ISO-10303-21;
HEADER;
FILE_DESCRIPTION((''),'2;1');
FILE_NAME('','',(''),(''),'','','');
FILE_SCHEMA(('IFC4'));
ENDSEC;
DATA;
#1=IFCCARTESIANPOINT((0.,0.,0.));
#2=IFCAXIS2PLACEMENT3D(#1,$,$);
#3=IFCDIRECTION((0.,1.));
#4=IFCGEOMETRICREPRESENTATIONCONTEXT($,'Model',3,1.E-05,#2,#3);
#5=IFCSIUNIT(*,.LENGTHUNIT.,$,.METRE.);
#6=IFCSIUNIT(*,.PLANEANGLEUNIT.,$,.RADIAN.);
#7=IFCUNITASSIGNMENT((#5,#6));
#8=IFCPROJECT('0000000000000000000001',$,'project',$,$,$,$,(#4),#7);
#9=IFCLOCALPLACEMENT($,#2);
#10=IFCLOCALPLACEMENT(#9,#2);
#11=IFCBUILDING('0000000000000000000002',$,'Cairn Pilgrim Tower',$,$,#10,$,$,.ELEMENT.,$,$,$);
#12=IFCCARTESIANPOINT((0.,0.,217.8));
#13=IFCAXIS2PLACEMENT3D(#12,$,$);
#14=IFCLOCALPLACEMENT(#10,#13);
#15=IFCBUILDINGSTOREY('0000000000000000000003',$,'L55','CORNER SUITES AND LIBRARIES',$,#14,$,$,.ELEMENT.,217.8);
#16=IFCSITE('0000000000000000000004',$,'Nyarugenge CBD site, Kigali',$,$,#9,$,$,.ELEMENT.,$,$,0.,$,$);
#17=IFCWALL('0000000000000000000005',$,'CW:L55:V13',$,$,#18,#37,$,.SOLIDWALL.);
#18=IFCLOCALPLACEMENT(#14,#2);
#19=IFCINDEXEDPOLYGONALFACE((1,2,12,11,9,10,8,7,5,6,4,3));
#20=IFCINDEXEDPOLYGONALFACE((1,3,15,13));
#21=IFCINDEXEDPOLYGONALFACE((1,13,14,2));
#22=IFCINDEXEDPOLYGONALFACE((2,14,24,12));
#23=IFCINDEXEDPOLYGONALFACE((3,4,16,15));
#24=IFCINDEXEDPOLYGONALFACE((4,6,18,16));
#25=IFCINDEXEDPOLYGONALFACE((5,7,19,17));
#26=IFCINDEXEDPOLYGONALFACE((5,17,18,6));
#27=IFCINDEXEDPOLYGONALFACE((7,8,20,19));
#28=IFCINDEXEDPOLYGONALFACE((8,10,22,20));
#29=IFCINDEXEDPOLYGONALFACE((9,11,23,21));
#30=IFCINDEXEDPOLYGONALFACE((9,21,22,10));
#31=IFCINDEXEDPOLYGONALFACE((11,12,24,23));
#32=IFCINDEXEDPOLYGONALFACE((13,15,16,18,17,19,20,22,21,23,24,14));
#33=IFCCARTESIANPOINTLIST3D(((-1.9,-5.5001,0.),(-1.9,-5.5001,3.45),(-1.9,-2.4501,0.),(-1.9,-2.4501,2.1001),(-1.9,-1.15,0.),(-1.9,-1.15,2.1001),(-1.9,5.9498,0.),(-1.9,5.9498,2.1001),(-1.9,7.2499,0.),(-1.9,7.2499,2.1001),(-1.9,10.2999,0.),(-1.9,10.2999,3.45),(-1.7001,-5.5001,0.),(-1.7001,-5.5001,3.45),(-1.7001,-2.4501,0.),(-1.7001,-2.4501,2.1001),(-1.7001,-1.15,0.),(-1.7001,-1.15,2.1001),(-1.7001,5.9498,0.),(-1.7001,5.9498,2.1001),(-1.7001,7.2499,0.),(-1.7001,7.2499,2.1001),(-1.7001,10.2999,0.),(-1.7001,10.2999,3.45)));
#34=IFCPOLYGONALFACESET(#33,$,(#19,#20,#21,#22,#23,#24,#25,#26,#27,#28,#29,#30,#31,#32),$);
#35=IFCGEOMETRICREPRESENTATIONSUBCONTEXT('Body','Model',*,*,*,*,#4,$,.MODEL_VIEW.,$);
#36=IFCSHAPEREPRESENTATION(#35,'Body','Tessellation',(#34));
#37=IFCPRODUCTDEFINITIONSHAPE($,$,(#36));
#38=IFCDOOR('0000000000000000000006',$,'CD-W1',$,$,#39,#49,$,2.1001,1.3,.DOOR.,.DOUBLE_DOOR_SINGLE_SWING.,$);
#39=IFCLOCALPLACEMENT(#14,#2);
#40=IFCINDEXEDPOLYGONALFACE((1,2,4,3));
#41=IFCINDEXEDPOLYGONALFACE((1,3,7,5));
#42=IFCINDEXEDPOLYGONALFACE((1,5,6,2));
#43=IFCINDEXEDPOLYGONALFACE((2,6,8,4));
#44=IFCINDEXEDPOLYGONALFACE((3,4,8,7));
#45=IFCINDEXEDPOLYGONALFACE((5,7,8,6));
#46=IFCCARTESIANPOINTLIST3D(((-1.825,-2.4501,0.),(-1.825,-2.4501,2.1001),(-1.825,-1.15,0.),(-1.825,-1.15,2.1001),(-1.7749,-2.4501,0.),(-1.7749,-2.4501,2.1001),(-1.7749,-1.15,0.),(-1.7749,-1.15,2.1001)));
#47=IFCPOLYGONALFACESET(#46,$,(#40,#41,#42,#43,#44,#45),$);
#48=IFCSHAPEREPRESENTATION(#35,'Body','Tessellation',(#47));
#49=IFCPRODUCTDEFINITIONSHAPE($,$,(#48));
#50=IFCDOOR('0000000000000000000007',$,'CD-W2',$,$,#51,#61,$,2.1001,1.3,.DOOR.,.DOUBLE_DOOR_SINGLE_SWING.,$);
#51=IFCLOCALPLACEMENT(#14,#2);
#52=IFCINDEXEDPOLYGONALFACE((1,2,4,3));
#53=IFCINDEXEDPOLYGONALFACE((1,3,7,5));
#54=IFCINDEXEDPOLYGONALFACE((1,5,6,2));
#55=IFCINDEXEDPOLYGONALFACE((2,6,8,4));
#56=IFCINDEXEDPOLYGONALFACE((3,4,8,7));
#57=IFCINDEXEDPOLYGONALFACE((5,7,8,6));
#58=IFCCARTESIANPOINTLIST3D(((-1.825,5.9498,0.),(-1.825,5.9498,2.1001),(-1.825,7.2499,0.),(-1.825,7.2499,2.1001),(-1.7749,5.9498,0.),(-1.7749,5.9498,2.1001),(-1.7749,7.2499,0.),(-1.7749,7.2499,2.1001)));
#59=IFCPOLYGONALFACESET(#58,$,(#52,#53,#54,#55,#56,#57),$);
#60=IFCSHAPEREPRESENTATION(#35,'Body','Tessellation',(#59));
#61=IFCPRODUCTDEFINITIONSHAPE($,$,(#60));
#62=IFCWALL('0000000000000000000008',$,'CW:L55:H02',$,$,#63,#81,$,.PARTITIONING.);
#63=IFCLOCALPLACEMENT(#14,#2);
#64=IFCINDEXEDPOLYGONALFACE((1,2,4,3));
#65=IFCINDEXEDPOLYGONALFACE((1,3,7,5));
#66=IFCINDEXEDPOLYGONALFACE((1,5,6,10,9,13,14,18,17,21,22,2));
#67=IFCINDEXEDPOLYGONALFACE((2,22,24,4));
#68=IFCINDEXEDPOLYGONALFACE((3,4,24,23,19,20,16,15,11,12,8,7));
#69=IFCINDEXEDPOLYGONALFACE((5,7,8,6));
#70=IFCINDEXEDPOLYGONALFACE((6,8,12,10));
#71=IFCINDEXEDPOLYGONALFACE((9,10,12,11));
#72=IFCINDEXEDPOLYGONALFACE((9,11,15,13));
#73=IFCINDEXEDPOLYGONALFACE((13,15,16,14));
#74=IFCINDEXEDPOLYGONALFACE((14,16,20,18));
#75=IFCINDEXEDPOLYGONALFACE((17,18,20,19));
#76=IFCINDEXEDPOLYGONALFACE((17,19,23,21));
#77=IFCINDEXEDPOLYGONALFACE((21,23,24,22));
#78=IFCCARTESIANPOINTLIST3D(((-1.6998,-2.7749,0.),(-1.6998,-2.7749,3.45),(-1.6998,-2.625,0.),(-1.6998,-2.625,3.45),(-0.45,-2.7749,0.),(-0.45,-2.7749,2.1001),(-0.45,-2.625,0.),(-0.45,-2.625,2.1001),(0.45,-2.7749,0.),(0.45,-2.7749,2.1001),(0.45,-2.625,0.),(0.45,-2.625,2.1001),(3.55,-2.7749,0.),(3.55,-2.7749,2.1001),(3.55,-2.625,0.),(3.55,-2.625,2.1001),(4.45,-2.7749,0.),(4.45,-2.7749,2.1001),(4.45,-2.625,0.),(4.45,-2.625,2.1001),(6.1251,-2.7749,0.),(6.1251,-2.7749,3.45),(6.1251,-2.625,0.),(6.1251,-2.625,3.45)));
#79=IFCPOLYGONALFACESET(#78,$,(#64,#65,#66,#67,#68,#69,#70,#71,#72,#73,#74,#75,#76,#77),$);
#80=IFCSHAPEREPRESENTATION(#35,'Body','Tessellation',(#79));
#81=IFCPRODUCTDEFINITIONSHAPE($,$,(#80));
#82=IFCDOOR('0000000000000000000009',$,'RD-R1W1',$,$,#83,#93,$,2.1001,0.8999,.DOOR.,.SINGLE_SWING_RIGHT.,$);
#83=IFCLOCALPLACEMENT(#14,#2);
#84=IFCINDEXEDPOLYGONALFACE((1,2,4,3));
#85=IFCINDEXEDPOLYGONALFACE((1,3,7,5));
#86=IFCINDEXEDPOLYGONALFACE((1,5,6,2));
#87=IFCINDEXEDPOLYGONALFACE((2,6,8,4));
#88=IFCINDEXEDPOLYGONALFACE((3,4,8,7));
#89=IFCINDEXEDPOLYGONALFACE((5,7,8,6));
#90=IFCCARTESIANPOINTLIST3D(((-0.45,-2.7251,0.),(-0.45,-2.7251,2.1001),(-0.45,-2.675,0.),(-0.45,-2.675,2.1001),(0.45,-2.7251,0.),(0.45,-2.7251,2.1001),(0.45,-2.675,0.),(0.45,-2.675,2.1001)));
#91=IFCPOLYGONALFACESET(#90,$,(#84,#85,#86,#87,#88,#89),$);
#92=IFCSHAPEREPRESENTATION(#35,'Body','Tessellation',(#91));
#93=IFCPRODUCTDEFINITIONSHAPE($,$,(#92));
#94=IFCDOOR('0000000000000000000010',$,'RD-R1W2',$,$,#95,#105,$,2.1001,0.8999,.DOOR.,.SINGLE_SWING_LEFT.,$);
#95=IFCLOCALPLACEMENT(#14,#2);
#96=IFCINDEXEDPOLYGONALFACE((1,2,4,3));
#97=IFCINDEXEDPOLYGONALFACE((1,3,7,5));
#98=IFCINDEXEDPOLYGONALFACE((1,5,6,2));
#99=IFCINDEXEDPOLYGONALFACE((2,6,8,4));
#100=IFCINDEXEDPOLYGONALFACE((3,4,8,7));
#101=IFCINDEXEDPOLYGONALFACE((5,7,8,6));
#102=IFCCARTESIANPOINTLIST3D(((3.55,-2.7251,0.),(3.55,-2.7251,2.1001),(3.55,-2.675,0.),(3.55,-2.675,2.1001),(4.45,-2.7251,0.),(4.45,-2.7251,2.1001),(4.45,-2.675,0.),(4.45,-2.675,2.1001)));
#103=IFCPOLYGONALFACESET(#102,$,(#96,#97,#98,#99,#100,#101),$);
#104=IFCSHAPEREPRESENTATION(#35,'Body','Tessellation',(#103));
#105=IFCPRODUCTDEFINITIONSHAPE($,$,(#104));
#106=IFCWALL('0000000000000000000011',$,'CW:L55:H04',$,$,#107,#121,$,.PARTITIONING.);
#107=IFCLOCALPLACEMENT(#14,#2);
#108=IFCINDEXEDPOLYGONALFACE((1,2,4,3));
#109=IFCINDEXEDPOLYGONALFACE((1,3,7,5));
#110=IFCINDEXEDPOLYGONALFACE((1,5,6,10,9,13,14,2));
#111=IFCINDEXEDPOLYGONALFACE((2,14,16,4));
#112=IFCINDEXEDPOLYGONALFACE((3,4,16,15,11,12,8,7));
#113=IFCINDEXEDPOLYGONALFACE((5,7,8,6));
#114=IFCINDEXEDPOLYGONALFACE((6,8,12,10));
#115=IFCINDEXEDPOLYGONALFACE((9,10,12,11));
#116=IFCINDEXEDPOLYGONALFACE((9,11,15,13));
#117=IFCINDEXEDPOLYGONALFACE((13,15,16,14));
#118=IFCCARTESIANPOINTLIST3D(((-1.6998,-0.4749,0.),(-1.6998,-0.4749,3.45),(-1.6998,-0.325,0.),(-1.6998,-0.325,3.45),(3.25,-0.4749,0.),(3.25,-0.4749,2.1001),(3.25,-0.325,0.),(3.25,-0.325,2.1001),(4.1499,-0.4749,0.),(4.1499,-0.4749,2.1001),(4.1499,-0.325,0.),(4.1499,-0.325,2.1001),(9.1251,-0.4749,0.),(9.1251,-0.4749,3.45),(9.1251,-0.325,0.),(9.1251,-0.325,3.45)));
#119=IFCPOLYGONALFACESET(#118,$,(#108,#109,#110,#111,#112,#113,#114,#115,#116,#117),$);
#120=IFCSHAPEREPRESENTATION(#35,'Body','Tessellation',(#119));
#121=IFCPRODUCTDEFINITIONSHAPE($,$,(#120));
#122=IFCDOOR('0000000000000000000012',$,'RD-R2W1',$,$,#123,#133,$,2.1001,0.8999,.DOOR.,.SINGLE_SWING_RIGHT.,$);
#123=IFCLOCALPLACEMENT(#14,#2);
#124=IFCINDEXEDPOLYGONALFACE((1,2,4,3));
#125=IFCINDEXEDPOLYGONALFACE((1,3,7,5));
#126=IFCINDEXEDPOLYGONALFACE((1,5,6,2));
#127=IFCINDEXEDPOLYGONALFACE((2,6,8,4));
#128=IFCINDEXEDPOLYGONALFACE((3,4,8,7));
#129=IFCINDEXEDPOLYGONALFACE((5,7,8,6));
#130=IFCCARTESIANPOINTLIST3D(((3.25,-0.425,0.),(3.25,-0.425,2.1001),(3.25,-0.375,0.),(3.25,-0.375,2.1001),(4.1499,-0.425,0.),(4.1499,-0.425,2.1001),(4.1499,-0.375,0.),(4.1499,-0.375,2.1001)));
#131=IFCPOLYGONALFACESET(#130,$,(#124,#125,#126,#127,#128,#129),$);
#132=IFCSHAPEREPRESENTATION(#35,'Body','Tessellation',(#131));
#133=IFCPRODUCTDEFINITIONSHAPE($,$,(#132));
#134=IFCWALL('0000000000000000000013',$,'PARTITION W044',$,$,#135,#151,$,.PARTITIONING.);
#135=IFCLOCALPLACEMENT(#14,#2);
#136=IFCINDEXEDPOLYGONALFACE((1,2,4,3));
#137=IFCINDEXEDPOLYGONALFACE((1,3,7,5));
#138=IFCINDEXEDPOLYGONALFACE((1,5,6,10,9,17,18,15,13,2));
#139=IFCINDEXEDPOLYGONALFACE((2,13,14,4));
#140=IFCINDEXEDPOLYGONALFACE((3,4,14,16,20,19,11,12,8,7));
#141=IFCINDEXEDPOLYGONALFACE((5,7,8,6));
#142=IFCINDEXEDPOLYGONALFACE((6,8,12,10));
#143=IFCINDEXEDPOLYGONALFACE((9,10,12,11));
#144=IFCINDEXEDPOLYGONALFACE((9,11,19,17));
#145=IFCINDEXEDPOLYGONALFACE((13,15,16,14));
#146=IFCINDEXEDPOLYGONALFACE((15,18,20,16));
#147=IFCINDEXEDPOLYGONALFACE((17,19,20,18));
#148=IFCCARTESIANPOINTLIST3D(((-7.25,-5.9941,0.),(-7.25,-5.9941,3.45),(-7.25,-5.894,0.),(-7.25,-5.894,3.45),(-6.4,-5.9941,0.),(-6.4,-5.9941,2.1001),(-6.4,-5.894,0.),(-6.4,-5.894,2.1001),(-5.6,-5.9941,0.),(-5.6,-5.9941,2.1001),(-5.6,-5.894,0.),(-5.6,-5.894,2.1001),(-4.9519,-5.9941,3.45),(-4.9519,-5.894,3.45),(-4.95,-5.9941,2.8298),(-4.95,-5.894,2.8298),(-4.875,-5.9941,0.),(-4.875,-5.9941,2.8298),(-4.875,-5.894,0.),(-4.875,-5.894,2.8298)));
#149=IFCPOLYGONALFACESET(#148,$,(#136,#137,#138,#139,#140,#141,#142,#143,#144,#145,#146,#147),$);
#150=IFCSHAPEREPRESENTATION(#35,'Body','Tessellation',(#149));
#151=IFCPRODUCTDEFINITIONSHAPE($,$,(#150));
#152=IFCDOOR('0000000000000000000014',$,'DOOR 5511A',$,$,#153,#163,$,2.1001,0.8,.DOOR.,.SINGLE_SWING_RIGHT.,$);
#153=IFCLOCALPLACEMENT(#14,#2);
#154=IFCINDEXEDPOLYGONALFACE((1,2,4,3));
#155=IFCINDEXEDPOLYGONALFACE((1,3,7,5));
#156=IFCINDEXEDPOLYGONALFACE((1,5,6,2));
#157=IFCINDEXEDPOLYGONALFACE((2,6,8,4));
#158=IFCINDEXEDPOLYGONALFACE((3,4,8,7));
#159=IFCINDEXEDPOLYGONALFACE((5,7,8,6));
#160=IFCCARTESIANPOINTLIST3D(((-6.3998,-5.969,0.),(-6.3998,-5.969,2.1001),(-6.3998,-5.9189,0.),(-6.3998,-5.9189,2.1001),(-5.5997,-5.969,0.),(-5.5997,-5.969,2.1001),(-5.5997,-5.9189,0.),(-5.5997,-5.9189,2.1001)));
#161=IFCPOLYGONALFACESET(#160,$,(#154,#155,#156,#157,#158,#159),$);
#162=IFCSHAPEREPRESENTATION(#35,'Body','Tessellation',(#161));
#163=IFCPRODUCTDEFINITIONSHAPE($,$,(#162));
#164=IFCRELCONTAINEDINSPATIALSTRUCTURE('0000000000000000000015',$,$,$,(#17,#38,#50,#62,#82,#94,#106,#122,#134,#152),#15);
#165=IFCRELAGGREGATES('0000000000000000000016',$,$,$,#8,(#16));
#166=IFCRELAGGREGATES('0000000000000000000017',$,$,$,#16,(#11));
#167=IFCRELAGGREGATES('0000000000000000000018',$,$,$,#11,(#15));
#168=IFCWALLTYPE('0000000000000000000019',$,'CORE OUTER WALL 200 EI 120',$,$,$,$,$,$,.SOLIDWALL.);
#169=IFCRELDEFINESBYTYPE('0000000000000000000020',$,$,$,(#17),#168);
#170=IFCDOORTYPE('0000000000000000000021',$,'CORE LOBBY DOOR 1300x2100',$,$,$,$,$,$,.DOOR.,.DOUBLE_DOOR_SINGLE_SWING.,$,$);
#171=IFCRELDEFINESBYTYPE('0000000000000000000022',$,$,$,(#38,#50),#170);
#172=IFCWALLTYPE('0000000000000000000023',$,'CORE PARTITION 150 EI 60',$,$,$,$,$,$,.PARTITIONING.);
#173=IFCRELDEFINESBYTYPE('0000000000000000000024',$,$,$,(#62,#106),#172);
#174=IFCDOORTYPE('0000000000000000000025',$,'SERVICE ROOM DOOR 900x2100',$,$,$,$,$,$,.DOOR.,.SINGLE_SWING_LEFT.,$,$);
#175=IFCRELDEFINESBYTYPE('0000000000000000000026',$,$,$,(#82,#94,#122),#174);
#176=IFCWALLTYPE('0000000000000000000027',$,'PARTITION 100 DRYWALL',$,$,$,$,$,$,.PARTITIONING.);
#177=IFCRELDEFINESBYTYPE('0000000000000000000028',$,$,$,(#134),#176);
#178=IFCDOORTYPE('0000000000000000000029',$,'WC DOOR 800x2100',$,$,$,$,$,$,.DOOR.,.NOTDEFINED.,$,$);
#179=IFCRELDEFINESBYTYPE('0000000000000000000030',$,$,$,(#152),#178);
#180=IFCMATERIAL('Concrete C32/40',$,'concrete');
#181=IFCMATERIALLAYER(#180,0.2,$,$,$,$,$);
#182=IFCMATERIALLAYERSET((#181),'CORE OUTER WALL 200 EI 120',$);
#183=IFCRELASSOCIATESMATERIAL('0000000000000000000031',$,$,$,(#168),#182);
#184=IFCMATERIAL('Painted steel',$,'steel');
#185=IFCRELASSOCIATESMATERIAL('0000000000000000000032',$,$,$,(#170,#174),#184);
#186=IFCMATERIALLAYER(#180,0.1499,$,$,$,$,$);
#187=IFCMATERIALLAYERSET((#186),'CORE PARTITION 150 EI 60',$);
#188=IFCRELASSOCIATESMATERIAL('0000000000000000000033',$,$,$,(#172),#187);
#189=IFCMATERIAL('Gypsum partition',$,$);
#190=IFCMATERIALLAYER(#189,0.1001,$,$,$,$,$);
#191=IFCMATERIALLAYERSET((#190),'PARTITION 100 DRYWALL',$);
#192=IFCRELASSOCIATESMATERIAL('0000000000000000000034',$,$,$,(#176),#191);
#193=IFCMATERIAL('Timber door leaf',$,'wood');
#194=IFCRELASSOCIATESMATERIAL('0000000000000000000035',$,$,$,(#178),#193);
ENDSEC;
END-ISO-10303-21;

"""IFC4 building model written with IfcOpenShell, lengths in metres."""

from ifc_helpers import new_model, si_unit, direction, frame, frame_2d, origin, place, context, subcontext, project, spatial, polyline, rectangle, outline, extrude, material, layer, layer_set, type_object, element, fill, save


model = new_model("IFC4")

# Units and contexts
model_context = context("Model", 3, precision=1e-05, world=origin(), true_north=direction((0.0, 1.0)))
body_context = subcontext(model_context, "Body", "Model", "MODEL_VIEW")
ifc_project = project(units=[si_unit("LENGTHUNIT", "METRE"), si_unit("PLANEANGLEUNIT", "RADIAN")], contexts=[model_context])

# Site, building, storey
site_placement = place(None, origin())
site = spatial("IfcSite", under=ifc_project, at=site_placement, Name="Nyarugenge CBD site, Kigali", CompositionType="ELEMENT", RefElevation=0.0)
building_placement = place(site_placement, origin())
building = spatial("IfcBuilding", under=site, at=building_placement, Name="Cairn Pilgrim Tower", CompositionType="ELEMENT")
storey_placement = place(building_placement, frame((0.0, 0.0, 217.8)))
storey = spatial("IfcBuildingStorey", under=building, at=storey_placement, Name="L55", Description="CORNER SUITES AND LIBRARIES", CompositionType="ELEMENT", Elevation=217.8)

# Shared definitions
ifc_material_1 = material(Name="Concrete C32/40", Category="concrete")
ifc_layer_1 = layer(ifc_material_1, 0.2)
ifc_layer_set_1 = layer_set([ifc_layer_1], Name="CORE OUTER WALL 200 EI 120")
wall_type_1 = type_object("IfcWallType", Name="CORE OUTER WALL 200 EI 120", PredefinedType="SOLIDWALL", material=ifc_layer_set_1)

# Walls, openings, doors
wall_1_placement = place(storey_placement, frame((-1.8, -5.5, 0.0), z_axis=(0.0, 0.0, 1.0), x_axis=(0.0, 1.0, 0.0)))
wall_1 = element("IfcWall", 1, at=wall_1_placement, inside=storey, type_object=wall_type_1, Name="CW:L55:V13", PredefinedType="SOLIDWALL", context=body_context, shape_type="SweptSolid", body=[
    extrude(rectangle(XDim=15.8, YDim=0.2, at=frame_2d((7.8999, 0.0))), origin(), (0.0, 0.0, 1.0), 3.45),
])
opening_1_placement = place(wall_1_placement, frame((3.05, 0.0, 0.0)))
opening_1 = element("IfcOpeningElement", 2, at=opening_1_placement, cuts=wall_1, PredefinedType="OPENING", context=body_context, shape_type="SweptSolid", body=[
    extrude(rectangle(XDim=1.3, YDim=2.1001, at=frame_2d((0.6499, 1.05))), frame((0.0, 0.1099, 0.0), z_axis=(0.0, -1.0, 0.0), x_axis=(1.0, 0.0, 0.0)), (0.0, 0.0, 1.0), 0.22),
])
opening_2_placement = place(wall_1_placement, frame((11.45, 0.0, 0.0)))
opening_2 = element("IfcOpeningElement", 3, at=opening_2_placement, cuts=wall_1, PredefinedType="OPENING", context=body_context, shape_type="SweptSolid", body=[
    extrude(rectangle(XDim=1.3, YDim=2.1001, at=frame_2d((0.6499, 1.05))), frame((0.0, 0.1099, 0.0), z_axis=(0.0, -1.0, 0.0), x_axis=(1.0, 0.0, 0.0)), (0.0, 0.0, 1.0), 0.22),
])
ifc_material_2 = material(Name="Painted steel", Category="steel")
door_type_1 = type_object("IfcDoorType", Name="CORE LOBBY DOOR 1300x2100", OperationType="DOUBLE_DOOR_SINGLE_SWING", PredefinedType="DOOR", material=ifc_material_2)
door_1_placement = place(opening_1_placement, origin())
door_1 = element("IfcDoor", 4, at=door_1_placement, inside=storey, type_object=door_type_1, Name="CD-W1", OperationType="DOUBLE_DOOR_SINGLE_SWING", OverallHeight=2.1001, OverallWidth=1.3, PredefinedType="DOOR", context=body_context, shape_type="SweptSolid", body=[
    extrude(rectangle(XDim=1.3, YDim=2.1001, at=frame_2d((0.6499, 1.05))), frame((0.0, 0.0249, 0.0), z_axis=(0.0, -1.0, 0.0), x_axis=(1.0, 0.0, 0.0)), (0.0, 0.0, 1.0), 0.05),
])
fill(opening_1, door_1)
door_2_placement = place(opening_2_placement, origin())
door_2 = element("IfcDoor", 5, at=door_2_placement, inside=storey, type_object=door_type_1, Name="CD-W2", OperationType="DOUBLE_DOOR_SINGLE_SWING", OverallHeight=2.1001, OverallWidth=1.3, PredefinedType="DOOR", context=body_context, shape_type="SweptSolid", body=[
    extrude(rectangle(XDim=1.3, YDim=2.1001, at=frame_2d((0.6499, 1.05))), frame((0.0, 0.0249, 0.0), z_axis=(0.0, -1.0, 0.0), x_axis=(1.0, 0.0, 0.0)), (0.0, 0.0, 1.0), 0.05),
])
fill(opening_2, door_2)
ifc_layer_2 = layer(ifc_material_1, 0.1499)
ifc_layer_set_2 = layer_set([ifc_layer_2], Name="CORE PARTITION 150 EI 60")
wall_type_2 = type_object("IfcWallType", Name="CORE PARTITION 150 EI 60", PredefinedType="PARTITIONING", material=ifc_layer_set_2)
wall_2_placement = place(storey_placement, frame((-1.7, -2.7, 0.0), z_axis=(0.0, 0.0, 1.0), x_axis=(1.0, 0.0, 0.0)))
wall_2 = element("IfcWall", 6, at=wall_2_placement, inside=storey, type_object=wall_type_2, Name="CW:L55:H02", PredefinedType="PARTITIONING", context=body_context, shape_type="SweptSolid", body=[
    extrude(rectangle(XDim=7.825, YDim=0.1499, at=frame_2d((3.9126, 0.0))), origin(), (0.0, 0.0, 1.0), 3.45),
])
opening_3_placement = place(wall_2_placement, frame((1.25, 0.0, 0.0)))
opening_3 = element("IfcOpeningElement", 7, at=opening_3_placement, cuts=wall_2, PredefinedType="OPENING", context=body_context, shape_type="SweptSolid", body=[
    extrude(rectangle(XDim=0.8999, YDim=2.1001, at=frame_2d((0.45, 1.05))), frame((0.0, 0.085, 0.0), z_axis=(0.0, -1.0, 0.0), x_axis=(1.0, 0.0, 0.0)), (0.0, 0.0, 1.0), 0.1699),
])
opening_4_placement = place(wall_2_placement, frame((5.25, 0.0, 0.0)))
opening_4 = element("IfcOpeningElement", 8, at=opening_4_placement, cuts=wall_2, PredefinedType="OPENING", context=body_context, shape_type="SweptSolid", body=[
    extrude(rectangle(XDim=0.8999, YDim=2.1001, at=frame_2d((0.45, 1.05))), frame((0.0, 0.085, 0.0), z_axis=(0.0, -1.0, 0.0), x_axis=(1.0, 0.0, 0.0)), (0.0, 0.0, 1.0), 0.1699),
])
door_type_2 = type_object("IfcDoorType", Name="SERVICE ROOM DOOR 900x2100", OperationType="SINGLE_SWING_LEFT", PredefinedType="DOOR", material=ifc_material_2)
door_3_placement = place(opening_3_placement, origin())
door_3 = element("IfcDoor", 9, at=door_3_placement, inside=storey, type_object=door_type_2, Name="RD-R1W1", OperationType="SINGLE_SWING_RIGHT", OverallHeight=2.1001, OverallWidth=0.8999, PredefinedType="DOOR", context=body_context, shape_type="SweptSolid", body=[
    extrude(rectangle(XDim=0.8999, YDim=2.1001, at=frame_2d((0.45, 1.05))), frame((0.0, 0.0249, 0.0), z_axis=(0.0, -1.0, 0.0), x_axis=(1.0, 0.0, 0.0)), (0.0, 0.0, 1.0), 0.05),
])
fill(opening_3, door_3)
door_4_placement = place(opening_4_placement, origin())
door_4 = element("IfcDoor", 10, at=door_4_placement, inside=storey, type_object=door_type_2, Name="RD-R1W2", OperationType="SINGLE_SWING_LEFT", OverallHeight=2.1001, OverallWidth=0.8999, PredefinedType="DOOR", context=body_context, shape_type="SweptSolid", body=[
    extrude(rectangle(XDim=0.8999, YDim=2.1001, at=frame_2d((0.45, 1.05))), frame((0.0, 0.0249, 0.0), z_axis=(0.0, -1.0, 0.0), x_axis=(1.0, 0.0, 0.0)), (0.0, 0.0, 1.0), 0.05),
])
fill(opening_4, door_4)

# Walls, openings, doors
wall_3_placement = place(storey_placement, frame((-1.7, -0.3999, 0.0), z_axis=(0.0, 0.0, 1.0), x_axis=(1.0, 0.0, 0.0)))
wall_3 = element("IfcWall", 11, at=wall_3_placement, inside=storey, type_object=wall_type_2, Name="CW:L55:H04", PredefinedType="PARTITIONING", context=body_context, shape_type="SweptSolid", body=[
    extrude(rectangle(XDim=10.825, YDim=0.1499, at=frame_2d((5.4126, 0.0))), origin(), (0.0, 0.0, 1.0), 3.45),
])
opening_5_placement = place(wall_3_placement, frame((4.95, 0.0, 0.0)))
opening_5 = element("IfcOpeningElement", 12, at=opening_5_placement, cuts=wall_3, PredefinedType="OPENING", context=body_context, shape_type="SweptSolid", body=[
    extrude(rectangle(XDim=0.8999, YDim=2.1001, at=frame_2d((0.45, 1.05))), frame((0.0, 0.085, 0.0), z_axis=(0.0, -1.0, 0.0), x_axis=(1.0, 0.0, 0.0)), (0.0, 0.0, 1.0), 0.1699),
])
door_5_placement = place(opening_5_placement, origin())
door_5 = element("IfcDoor", 13, at=door_5_placement, inside=storey, type_object=door_type_2, Name="RD-R2W1", OperationType="SINGLE_SWING_RIGHT", OverallHeight=2.1001, OverallWidth=0.8999, PredefinedType="DOOR", context=body_context, shape_type="SweptSolid", body=[
    extrude(rectangle(XDim=0.8999, YDim=2.1001, at=frame_2d((0.45, 1.05))), frame((0.0, 0.0249, 0.0), z_axis=(0.0, -1.0, 0.0), x_axis=(1.0, 0.0, 0.0)), (0.0, 0.0, 1.0), 0.05),
])
fill(opening_5, door_5)
ifc_material_3 = material(Name="Gypsum partition")
ifc_layer_3 = layer(ifc_material_3, 0.1001)
ifc_layer_set_3 = layer_set([ifc_layer_3], Name="PARTITION 100 DRYWALL")
wall_type_3 = type_object("IfcWallType", Name="PARTITION 100 DRYWALL", PredefinedType="PARTITIONING", material=ifc_layer_set_3)
wall_4_placement = place(storey_placement, frame((-7.25, -5.9441, 0.0), z_axis=(0.0, 0.0, 1.0), x_axis=(1.0, 0.0, 0.0)))
wall_4 = element("IfcWall", 14, at=wall_4_placement, inside=storey, type_object=wall_type_3, Name="PARTITION W044", PredefinedType="PARTITIONING", context=body_context, shape_type="SweptSolid", body=[
    extrude(outline(polyline([(0.0, 0.0), (2.375, 0.0), (2.375, 2.8298), (2.3, 2.8298), (2.2981, 3.45), (0.0, 3.45), (0.0, 0.0)])), frame((0.0, 0.05, 0.0), z_axis=(0.0, -1.0, 0.0), x_axis=(1.0, 0.0, 0.0)), (0.0, 0.0, 1.0), 0.1001),
])
opening_6_placement = place(wall_4_placement, frame((0.8501, 0.0, 0.0)))
opening_6 = element("IfcOpeningElement", 15, at=opening_6_placement, cuts=wall_4, PredefinedType="OPENING", context=body_context, shape_type="SweptSolid", body=[
    extrude(rectangle(XDim=0.8, YDim=2.1001, at=frame_2d((0.3999, 1.05))), frame((0.0, 0.0601, 0.0), z_axis=(0.0, -1.0, 0.0), x_axis=(1.0, 0.0, 0.0)), (0.0, 0.0, 1.0), 0.1201),
])
ifc_material_4 = material(Name="Timber door leaf", Category="wood")
door_type_3 = type_object("IfcDoorType", Name="WC DOOR 800x2100", OperationType="NOTDEFINED", PredefinedType="DOOR", material=ifc_material_4)
door_6_placement = place(opening_6_placement, frame((0.8, 0.0, 0.0), z_axis=(0.0, 0.0, 1.0), x_axis=(-1.0, 0.0, 0.0)))
door_6 = element("IfcDoor", 16, at=door_6_placement, inside=storey, type_object=door_type_3, Name="DOOR 5511A", OperationType="SINGLE_SWING_RIGHT", OverallHeight=2.1001, OverallWidth=0.8, PredefinedType="DOOR", context=body_context, shape_type="SweptSolid", body=[
    extrude(rectangle(XDim=0.8, YDim=2.1001, at=frame_2d((0.3999, 1.05))), frame((0.0, 0.0249, 0.0), z_axis=(0.0, -1.0, 0.0), x_axis=(1.0, 0.0, 0.0)), (0.0, 0.0, 1.0), 0.05),
])
fill(opening_6, door_6)

save(model, "model.ifc")
